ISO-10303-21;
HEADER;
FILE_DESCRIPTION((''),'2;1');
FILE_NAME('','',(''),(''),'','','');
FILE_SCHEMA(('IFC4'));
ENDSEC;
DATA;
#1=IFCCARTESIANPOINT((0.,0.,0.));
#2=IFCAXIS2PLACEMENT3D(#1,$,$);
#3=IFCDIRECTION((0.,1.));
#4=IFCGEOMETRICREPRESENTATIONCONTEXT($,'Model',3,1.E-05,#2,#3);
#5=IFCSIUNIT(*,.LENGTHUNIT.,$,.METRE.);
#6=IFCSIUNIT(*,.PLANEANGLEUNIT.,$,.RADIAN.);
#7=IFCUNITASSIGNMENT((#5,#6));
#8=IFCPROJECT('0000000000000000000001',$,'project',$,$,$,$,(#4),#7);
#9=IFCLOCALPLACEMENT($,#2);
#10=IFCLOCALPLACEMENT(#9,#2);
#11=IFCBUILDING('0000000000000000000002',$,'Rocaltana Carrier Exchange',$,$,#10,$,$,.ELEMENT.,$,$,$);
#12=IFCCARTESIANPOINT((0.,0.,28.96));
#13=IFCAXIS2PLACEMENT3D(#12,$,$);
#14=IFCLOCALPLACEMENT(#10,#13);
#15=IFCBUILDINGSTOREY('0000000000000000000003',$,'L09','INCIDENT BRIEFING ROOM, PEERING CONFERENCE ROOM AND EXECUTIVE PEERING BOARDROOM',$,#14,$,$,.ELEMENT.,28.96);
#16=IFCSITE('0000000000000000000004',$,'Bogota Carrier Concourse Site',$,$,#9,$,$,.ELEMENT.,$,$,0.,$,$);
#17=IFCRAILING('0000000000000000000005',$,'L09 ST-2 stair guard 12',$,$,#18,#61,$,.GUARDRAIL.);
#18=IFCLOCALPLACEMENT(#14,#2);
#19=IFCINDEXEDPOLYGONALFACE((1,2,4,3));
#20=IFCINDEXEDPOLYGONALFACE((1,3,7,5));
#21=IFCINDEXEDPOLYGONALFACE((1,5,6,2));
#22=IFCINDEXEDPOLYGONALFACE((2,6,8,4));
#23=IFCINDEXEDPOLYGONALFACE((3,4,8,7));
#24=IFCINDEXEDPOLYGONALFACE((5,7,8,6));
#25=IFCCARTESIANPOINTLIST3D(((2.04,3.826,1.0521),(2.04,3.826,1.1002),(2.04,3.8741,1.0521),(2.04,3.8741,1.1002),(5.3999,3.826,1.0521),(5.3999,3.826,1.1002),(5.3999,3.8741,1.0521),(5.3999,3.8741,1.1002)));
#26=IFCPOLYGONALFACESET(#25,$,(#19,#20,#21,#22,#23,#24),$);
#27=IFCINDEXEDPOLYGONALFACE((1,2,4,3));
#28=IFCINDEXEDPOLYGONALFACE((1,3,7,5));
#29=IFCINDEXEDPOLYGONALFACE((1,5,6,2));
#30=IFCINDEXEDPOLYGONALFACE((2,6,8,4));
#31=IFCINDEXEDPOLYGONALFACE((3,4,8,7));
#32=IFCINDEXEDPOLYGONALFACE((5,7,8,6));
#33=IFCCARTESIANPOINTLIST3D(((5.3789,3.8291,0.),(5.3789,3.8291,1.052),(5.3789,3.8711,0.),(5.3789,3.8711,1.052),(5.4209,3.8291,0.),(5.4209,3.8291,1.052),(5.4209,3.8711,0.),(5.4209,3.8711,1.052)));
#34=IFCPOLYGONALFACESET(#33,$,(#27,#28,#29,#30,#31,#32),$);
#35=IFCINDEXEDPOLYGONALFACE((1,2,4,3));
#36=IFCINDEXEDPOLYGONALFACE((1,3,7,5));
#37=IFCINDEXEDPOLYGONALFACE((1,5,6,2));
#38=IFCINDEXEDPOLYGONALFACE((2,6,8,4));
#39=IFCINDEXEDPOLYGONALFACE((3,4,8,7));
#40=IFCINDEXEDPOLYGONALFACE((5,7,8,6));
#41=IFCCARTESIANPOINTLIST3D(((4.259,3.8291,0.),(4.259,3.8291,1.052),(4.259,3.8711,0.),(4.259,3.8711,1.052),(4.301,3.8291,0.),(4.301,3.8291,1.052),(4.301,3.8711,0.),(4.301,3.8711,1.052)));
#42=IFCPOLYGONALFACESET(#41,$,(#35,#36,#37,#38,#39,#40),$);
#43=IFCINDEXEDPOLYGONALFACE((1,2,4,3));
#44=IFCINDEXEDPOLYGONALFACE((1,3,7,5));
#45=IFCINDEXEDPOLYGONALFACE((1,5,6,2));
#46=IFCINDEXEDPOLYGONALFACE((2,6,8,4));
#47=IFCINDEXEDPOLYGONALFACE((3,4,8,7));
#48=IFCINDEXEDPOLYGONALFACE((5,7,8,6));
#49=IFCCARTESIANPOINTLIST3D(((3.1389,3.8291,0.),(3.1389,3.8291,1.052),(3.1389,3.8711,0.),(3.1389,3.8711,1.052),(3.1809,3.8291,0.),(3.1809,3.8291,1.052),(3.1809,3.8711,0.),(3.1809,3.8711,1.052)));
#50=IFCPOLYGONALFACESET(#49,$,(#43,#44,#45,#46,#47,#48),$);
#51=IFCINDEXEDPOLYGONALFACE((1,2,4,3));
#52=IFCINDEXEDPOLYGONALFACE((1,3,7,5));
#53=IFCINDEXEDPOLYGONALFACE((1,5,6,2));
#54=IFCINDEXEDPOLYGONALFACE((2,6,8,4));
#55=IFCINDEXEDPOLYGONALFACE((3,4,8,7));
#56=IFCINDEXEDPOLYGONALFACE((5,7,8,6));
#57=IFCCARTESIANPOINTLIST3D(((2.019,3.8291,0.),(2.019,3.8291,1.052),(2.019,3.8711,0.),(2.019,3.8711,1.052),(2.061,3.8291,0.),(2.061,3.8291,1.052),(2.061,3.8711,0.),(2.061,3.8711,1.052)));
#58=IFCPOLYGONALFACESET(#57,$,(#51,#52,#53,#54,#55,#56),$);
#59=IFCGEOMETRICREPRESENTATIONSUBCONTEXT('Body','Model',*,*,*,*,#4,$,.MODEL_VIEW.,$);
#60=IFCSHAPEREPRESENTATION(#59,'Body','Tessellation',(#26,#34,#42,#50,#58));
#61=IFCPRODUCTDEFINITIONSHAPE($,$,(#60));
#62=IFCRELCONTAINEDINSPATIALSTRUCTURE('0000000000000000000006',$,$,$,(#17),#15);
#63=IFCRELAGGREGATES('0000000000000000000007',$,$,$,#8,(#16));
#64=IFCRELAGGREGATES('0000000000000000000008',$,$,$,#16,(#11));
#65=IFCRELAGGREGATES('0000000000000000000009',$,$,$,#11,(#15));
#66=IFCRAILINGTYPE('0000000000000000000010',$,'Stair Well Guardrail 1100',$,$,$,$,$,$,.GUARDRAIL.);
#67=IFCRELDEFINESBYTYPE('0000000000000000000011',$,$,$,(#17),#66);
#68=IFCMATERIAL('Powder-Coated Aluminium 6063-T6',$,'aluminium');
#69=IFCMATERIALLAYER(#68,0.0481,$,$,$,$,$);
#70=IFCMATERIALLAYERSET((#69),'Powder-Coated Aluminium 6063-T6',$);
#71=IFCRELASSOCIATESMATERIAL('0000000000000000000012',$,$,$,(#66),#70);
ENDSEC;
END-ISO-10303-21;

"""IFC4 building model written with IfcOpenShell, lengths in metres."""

from ifc_helpers import new_model, si_unit, direction, frame, origin, origin_2d, place, context, subcontext, project, spatial, rectangle, extrude, material, layer, layer_set, type_object, element, save


model = new_model("IFC4")

# Units and contexts
model_context = context("Model", 3, precision=1e-05, world=origin(), true_north=direction((0.0, 1.0)))
body_context = subcontext(model_context, "Body", "Model", "MODEL_VIEW")
ifc_project = project(units=[si_unit("LENGTHUNIT", "METRE"), si_unit("PLANEANGLEUNIT", "RADIAN")], contexts=[model_context])

# Site, building, storey
site_placement = place(None, origin())
site = spatial("IfcSite", under=ifc_project, at=site_placement, Name="Bogota Carrier Concourse Site", CompositionType="ELEMENT", RefElevation=0.0)
building_placement = place(site_placement, origin())
building = spatial("IfcBuilding", under=site, at=building_placement, Name="Rocaltana Carrier Exchange", CompositionType="ELEMENT")
storey_placement = place(building_placement, frame((0.0, 0.0, 28.96)))
storey = spatial("IfcBuildingStorey", under=building, at=storey_placement, Name="L09", Description="INCIDENT BRIEFING ROOM, PEERING CONFERENCE ROOM AND EXECUTIVE PEERING BOARDROOM", CompositionType="ELEMENT", Elevation=28.96)

# Railing
ifc_material_1 = material(Name="Powder-Coated Aluminium 6063-T6", Category="aluminium")
ifc_layer_1 = layer(ifc_material_1, 0.0481)
ifc_layer_set_1 = layer_set([ifc_layer_1], Name="Powder-Coated Aluminium 6063-T6")
railing_type_1 = type_object("IfcRailingType", Name="Stair Well Guardrail 1100", PredefinedType="GUARDRAIL", material=ifc_layer_set_1)
railing_1_placement = place(storey_placement, frame((5.3999, 3.8501, 0.0)))
element("IfcRailing", 1, at=railing_1_placement, inside=storey, type_object=railing_type_1, Name="L09 ST-2 stair guard 12", PredefinedType="GUARDRAIL", context=body_context, shape_type="SweptSolid", body=[
    extrude(rectangle(XDim=0.0481, YDim=0.0481, at=origin_2d()), frame((0.0, 0.0, 1.0762), z_axis=(-1.0, 0.0, 0.0), x_axis=(0.0, -1.0, 0.0)), (0.0, 0.0, 1.0), 3.3599),
    extrude(rectangle(XDim=0.042, YDim=0.042, at=origin_2d()), origin(), (0.0, 0.0, 1.0), 1.052),
    extrude(rectangle(XDim=0.042, YDim=0.042, at=origin_2d()), frame((-1.1199, 0.0, 0.0)), (0.0, 0.0, 1.0), 1.052),
    extrude(rectangle(XDim=0.042, YDim=0.042, at=origin_2d()), frame((-2.24, 0.0, 0.0)), (0.0, 0.0, 1.0), 1.052),
    extrude(rectangle(XDim=0.042, YDim=0.042, at=origin_2d()), frame((-3.3599, 0.0, 0.0)), (0.0, 0.0, 1.0), 1.052),
])

save(model, "model.ifc")
